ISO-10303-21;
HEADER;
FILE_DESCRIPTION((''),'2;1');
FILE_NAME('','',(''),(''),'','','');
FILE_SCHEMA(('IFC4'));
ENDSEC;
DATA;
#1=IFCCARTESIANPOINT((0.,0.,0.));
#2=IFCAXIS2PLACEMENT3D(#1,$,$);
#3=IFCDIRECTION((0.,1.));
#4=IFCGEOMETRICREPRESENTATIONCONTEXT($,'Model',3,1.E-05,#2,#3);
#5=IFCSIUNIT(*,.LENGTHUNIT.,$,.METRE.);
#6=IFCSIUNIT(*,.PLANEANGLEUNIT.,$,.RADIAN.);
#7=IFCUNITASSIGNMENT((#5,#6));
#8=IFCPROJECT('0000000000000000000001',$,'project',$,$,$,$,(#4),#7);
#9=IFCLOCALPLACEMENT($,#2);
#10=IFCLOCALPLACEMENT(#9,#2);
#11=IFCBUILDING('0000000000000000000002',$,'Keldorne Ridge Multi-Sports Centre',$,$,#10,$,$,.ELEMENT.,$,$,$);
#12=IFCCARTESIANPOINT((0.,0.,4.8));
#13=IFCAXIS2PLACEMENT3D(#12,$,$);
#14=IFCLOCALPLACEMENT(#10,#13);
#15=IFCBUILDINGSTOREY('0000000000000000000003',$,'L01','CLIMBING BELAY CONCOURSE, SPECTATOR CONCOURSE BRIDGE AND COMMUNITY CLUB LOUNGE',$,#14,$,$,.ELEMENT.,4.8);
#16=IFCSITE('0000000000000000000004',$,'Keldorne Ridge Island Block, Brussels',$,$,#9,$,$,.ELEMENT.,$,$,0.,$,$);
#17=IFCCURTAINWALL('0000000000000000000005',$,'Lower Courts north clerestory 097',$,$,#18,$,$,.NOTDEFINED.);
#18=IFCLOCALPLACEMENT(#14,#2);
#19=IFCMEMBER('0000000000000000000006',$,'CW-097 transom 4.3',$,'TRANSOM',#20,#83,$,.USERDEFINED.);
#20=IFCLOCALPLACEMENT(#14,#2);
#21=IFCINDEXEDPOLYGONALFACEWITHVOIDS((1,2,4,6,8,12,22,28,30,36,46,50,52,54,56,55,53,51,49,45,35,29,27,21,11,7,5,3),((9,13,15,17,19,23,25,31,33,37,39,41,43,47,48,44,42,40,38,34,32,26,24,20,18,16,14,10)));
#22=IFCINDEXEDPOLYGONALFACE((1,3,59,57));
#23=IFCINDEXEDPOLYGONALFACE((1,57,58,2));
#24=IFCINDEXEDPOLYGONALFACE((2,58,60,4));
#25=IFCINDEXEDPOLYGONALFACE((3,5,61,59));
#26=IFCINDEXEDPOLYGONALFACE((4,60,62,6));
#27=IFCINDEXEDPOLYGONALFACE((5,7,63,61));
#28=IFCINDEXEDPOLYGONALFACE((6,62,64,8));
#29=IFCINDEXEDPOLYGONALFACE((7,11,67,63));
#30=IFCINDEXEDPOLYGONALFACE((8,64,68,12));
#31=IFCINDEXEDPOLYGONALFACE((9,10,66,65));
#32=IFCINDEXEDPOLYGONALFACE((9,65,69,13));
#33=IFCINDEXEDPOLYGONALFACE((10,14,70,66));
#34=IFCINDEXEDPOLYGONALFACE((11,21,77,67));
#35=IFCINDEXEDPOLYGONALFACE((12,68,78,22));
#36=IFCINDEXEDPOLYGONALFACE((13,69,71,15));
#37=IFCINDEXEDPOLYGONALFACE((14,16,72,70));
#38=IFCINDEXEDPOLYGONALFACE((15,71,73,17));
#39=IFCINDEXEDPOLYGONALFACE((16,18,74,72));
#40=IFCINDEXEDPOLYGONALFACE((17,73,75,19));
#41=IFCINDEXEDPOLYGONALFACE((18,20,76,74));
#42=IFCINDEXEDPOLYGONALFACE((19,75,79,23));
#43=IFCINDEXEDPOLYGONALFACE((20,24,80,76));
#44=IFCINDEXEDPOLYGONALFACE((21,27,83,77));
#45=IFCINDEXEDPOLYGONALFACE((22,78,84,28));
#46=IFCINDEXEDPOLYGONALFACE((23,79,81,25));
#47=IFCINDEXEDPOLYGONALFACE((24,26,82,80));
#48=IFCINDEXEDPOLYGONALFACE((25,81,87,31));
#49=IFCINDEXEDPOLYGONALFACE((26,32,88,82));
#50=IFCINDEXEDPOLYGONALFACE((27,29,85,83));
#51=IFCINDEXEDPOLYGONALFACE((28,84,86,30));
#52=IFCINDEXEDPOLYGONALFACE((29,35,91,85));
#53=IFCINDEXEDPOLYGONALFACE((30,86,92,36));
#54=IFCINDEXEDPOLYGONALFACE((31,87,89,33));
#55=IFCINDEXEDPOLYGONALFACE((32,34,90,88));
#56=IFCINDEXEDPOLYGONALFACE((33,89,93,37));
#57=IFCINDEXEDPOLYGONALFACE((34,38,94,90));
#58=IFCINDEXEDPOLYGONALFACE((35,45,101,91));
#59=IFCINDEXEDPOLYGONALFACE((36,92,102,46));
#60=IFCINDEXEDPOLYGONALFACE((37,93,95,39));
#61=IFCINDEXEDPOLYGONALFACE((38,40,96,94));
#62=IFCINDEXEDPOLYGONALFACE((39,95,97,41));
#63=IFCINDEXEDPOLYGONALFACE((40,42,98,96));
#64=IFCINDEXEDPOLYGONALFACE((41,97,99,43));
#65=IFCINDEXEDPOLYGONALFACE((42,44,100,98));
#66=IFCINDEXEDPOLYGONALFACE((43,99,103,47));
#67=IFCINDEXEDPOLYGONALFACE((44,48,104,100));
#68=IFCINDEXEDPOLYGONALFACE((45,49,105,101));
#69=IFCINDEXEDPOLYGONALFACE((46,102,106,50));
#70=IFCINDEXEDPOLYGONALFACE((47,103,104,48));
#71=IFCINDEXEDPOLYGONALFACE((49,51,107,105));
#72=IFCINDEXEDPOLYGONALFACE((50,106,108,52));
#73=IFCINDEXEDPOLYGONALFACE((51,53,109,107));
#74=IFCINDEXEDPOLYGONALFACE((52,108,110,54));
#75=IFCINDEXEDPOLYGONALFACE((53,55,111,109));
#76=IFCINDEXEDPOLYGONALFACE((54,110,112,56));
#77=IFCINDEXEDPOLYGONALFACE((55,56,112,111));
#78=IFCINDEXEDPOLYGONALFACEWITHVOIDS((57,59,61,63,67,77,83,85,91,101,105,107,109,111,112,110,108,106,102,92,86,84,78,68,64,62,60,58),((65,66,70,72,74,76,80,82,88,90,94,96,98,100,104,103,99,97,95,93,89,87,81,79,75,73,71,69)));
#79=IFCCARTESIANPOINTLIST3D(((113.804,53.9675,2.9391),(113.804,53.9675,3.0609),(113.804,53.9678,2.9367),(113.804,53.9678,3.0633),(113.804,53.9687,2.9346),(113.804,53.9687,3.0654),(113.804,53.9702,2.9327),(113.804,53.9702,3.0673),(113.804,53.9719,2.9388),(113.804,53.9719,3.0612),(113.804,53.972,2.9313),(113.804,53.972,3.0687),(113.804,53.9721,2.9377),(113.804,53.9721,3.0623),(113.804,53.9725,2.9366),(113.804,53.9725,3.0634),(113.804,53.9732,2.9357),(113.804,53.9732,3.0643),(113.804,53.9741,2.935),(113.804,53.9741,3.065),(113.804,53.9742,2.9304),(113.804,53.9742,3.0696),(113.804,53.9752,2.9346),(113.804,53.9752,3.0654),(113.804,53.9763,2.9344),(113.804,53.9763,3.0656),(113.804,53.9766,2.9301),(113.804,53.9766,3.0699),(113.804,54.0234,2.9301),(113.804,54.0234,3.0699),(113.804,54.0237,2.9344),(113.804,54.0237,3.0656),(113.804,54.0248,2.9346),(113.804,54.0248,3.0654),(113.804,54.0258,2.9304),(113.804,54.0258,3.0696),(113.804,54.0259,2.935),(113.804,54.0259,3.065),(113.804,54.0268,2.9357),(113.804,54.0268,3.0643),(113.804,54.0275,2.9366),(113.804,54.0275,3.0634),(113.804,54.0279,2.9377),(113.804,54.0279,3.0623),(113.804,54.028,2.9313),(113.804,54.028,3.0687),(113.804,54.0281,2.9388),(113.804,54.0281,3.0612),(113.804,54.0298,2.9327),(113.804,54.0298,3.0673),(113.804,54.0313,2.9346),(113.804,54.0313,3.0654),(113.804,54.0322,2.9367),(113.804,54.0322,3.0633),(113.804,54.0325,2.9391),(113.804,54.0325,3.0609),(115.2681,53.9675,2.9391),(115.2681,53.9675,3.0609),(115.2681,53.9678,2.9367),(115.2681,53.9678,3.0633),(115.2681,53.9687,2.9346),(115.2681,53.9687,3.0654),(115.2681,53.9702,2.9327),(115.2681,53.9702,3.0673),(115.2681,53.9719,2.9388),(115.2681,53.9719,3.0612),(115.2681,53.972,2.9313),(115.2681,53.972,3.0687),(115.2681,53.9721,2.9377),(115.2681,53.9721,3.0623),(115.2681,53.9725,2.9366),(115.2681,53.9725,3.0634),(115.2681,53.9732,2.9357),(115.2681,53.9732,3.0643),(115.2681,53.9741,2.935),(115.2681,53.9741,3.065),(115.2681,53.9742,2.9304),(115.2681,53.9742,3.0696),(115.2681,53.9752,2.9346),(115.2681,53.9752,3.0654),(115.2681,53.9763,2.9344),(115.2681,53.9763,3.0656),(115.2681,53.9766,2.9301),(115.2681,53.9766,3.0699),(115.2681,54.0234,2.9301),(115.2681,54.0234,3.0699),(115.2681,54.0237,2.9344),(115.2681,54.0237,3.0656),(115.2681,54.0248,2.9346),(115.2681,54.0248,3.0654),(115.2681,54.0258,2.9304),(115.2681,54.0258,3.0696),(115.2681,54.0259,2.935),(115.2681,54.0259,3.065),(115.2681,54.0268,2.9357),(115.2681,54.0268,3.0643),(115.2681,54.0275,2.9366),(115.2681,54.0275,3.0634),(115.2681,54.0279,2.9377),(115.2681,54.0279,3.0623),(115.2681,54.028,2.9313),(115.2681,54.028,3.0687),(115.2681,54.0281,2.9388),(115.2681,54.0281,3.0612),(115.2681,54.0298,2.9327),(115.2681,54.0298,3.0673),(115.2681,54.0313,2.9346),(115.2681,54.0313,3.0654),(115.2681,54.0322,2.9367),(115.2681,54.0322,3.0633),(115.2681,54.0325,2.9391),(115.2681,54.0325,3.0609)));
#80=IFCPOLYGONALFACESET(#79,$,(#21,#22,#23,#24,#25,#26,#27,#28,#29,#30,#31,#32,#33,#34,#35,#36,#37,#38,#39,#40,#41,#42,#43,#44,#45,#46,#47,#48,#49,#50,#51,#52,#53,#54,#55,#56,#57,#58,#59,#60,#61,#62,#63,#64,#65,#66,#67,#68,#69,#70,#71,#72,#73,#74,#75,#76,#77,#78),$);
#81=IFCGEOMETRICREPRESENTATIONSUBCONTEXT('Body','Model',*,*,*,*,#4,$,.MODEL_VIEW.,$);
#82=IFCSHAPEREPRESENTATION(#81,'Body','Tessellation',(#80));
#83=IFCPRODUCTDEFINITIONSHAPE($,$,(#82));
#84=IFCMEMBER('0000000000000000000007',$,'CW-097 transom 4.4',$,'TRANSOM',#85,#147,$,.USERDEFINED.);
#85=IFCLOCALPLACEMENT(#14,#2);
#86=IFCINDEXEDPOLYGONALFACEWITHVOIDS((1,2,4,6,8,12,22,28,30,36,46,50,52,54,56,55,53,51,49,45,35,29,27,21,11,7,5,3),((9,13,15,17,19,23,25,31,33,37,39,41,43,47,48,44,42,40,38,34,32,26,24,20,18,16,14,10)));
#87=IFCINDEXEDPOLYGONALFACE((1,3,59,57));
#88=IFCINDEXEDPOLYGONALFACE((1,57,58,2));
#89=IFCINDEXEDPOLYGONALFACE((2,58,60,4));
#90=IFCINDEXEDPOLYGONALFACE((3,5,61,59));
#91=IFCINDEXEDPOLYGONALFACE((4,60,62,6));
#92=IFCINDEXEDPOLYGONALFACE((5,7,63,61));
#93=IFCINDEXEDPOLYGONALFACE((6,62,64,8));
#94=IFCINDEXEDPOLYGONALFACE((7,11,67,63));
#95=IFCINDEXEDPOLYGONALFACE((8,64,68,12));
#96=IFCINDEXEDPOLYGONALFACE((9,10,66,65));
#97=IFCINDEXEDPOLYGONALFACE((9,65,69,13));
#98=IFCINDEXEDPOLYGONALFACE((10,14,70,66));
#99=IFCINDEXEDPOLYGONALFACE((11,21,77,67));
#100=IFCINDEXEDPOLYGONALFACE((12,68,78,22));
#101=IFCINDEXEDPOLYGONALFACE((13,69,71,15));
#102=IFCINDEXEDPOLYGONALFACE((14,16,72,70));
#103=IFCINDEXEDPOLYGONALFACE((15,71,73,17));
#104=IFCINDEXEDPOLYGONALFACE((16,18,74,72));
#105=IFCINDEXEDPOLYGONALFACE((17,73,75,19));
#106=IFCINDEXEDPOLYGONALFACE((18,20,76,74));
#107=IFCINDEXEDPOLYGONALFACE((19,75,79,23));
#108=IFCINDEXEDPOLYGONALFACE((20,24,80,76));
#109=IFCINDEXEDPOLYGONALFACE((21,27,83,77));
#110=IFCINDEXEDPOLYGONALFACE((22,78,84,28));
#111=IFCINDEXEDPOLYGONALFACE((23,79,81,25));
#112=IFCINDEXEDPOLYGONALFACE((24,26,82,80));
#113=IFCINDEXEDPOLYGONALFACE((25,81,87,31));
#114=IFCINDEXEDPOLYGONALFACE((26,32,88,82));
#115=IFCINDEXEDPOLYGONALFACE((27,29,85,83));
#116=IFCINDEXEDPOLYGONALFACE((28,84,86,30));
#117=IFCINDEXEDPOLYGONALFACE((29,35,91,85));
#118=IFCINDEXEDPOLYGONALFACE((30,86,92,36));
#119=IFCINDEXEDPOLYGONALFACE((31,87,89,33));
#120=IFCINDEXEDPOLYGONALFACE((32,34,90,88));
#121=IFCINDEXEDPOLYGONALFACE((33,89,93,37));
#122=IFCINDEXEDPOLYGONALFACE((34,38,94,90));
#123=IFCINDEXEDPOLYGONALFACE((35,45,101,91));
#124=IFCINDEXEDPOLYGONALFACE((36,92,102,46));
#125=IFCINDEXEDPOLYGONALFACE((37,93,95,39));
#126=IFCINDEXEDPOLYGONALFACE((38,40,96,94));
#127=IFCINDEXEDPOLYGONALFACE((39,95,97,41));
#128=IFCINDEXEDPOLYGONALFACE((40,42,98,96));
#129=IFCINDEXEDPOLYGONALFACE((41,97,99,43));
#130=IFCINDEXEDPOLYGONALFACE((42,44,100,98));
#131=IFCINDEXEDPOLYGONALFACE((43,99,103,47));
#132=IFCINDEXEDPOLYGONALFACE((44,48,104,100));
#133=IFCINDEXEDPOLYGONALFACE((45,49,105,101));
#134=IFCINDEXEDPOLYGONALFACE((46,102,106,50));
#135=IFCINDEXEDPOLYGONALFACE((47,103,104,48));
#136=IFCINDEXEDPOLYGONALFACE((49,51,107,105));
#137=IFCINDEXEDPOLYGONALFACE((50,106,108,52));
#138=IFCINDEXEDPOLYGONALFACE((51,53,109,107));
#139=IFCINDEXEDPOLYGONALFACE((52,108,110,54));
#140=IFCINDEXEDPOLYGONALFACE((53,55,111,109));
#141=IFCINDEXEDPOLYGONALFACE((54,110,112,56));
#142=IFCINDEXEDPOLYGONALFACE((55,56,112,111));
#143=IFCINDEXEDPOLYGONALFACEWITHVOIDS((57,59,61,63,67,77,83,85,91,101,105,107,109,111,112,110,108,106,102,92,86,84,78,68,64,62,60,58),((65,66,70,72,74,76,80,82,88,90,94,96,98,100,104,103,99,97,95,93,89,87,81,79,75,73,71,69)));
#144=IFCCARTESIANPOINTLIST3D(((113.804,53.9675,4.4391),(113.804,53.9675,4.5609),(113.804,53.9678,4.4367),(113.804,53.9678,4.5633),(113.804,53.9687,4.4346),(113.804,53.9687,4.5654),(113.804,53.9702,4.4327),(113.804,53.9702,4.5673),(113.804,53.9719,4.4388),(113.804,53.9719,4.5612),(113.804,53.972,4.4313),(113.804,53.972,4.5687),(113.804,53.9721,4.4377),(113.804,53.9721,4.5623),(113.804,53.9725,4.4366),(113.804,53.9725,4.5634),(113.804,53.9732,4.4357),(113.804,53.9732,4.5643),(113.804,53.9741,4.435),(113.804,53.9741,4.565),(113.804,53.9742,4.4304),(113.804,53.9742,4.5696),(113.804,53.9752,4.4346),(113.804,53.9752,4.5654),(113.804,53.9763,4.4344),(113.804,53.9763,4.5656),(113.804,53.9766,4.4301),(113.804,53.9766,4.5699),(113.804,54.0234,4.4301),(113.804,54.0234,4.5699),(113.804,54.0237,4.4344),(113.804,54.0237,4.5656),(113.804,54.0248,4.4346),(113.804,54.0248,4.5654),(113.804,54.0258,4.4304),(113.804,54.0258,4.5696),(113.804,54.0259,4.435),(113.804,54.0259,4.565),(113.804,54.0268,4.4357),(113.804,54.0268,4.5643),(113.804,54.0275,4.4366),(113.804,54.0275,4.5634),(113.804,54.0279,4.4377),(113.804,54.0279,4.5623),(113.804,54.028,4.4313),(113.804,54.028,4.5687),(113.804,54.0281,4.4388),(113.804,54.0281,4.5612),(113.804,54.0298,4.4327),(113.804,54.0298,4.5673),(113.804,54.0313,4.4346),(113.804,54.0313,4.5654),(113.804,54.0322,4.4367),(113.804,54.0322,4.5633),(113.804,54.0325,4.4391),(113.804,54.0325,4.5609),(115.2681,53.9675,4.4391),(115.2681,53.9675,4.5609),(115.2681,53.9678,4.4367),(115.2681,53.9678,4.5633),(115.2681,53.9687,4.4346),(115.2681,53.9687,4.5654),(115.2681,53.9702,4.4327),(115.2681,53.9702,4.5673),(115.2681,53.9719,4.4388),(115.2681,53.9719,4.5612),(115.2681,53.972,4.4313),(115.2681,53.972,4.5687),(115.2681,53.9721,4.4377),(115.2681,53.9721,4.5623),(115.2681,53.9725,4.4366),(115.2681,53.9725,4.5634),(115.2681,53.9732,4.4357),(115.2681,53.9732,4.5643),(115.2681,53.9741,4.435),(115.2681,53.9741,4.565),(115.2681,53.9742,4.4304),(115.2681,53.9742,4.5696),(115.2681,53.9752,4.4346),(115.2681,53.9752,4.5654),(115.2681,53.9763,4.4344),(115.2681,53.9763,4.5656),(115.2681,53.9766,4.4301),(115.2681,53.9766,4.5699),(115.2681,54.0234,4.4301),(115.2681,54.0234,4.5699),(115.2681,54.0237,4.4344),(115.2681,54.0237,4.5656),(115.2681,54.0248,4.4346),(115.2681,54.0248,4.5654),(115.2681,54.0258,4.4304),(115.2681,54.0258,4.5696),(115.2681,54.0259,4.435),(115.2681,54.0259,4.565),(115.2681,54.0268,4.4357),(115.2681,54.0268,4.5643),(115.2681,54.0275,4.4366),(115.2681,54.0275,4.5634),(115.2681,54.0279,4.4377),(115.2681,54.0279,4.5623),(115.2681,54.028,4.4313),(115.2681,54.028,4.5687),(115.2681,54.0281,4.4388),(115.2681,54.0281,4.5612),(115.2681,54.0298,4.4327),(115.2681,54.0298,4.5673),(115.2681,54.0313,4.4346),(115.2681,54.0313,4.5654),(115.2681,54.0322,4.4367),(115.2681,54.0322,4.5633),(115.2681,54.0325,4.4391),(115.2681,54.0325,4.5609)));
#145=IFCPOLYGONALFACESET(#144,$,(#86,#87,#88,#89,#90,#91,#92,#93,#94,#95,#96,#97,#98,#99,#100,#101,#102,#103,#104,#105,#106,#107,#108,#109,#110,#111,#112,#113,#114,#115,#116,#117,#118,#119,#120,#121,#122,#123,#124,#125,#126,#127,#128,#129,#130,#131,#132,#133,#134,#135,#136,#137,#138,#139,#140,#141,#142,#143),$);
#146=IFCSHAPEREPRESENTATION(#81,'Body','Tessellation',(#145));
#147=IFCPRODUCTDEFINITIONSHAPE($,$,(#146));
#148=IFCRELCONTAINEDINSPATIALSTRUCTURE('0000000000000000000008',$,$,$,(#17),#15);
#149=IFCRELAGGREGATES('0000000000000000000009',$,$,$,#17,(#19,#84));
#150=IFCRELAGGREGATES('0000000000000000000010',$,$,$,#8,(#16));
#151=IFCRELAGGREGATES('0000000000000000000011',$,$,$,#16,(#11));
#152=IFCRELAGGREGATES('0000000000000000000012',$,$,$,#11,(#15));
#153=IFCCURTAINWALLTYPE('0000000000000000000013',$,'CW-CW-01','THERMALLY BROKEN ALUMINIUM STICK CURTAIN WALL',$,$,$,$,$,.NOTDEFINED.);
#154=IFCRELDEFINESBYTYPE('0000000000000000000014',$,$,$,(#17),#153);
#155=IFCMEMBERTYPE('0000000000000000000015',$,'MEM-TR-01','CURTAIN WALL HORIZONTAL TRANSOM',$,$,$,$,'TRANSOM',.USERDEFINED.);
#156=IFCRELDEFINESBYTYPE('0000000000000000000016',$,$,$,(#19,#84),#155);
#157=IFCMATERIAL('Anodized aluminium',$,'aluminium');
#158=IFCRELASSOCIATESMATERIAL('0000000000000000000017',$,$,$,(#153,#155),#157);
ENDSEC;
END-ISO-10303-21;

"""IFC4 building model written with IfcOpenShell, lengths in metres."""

from ifc_helpers import new_model, si_unit, direction, frame, origin, origin_2d, place, context, subcontext, project, spatial, hollow_rectangle, extrude, material, material_profile, profile_set, type_object, element, aggregate, save


model = new_model("IFC4")

# Units and contexts
model_context = context("Model", 3, precision=1e-05, world=origin(), true_north=direction((0.0, 1.0)))
body_context = subcontext(model_context, "Body", "Model", "MODEL_VIEW")
ifc_project = project(units=[si_unit("LENGTHUNIT", "METRE"), si_unit("PLANEANGLEUNIT", "RADIAN")], contexts=[model_context])

# Site, building, storey
site_placement = place(None, origin())
site = spatial("IfcSite", under=ifc_project, at=site_placement, Name="Keldorne Ridge Island Block, Brussels", CompositionType="ELEMENT", RefElevation=0.0)
building_placement = place(site_placement, origin())
building = spatial("IfcBuilding", under=site, at=building_placement, Name="Keldorne Ridge Multi-Sports Centre", CompositionType="ELEMENT")
storey_placement = place(building_placement, frame((0.0, 0.0, 4.8)))
storey = spatial("IfcBuildingStorey", under=building, at=storey_placement, Name="L01", Description="CLIMBING BELAY CONCOURSE, SPECTATOR CONCOURSE BRIDGE AND COMMUNITY CLUB LOUNGE", CompositionType="ELEMENT", Elevation=4.8)

# Curtain wall, members
ifc_material_1 = material(Name="Anodized aluminium", Category="aluminium")
curtain_wall_type = type_object("IfcCurtainWallType", Name="CW-CW-01", Description="THERMALLY BROKEN ALUMINIUM STICK CURTAIN WALL", PredefinedType="NOTDEFINED", material=ifc_material_1)
curtain_wall_placement = place(storey_placement, origin())
curtain_wall = element("IfcCurtainWall", 1, at=curtain_wall_placement, inside=storey, type_object=curtain_wall_type, Name="Lower Courts north clerestory 097", PredefinedType="NOTDEFINED")
ifc_material_profile_1 = material_profile(ifc_material_1, hollow_rectangle(XDim=0.0649, YDim=0.1399, WallThickness=0.0044, InnerFilletRadius=0.0044, OuterFilletRadius=0.009, at=origin_2d()), Name="ALU TRANSOM 140x65x4.5")
ifc_profile_set_1 = profile_set([ifc_material_profile_1], Name="Anodized aluminium")
member_type_1 = type_object("IfcMemberType", Name="MEM-TR-01", Description="CURTAIN WALL HORIZONTAL TRANSOM", ElementType="TRANSOM", PredefinedType="USERDEFINED", material=ifc_profile_set_1)
member_1_placement = place(storey_placement, frame((115.2681, 54.0, 3.0), z_axis=(-1.0, 0.0, 0.0), x_axis=(0.0, -1.0, 0.0)))
member_1 = element("IfcMember", 2, at=member_1_placement, type_object=member_type_1, Name="CW-097 transom 4.3", ObjectType="TRANSOM", PredefinedType="USERDEFINED", context=body_context, shape_type="SweptSolid", body=[
    extrude(hollow_rectangle(XDim=0.0649, YDim=0.1399, WallThickness=0.0044, InnerFilletRadius=0.0044, OuterFilletRadius=0.009, at=origin_2d()), origin(), (0.0, 0.0, 1.0), 1.4641),
])
member_2_placement = place(storey_placement, frame((115.2681, 54.0, 4.5), z_axis=(-1.0, 0.0, 0.0), x_axis=(0.0, -1.0, 0.0)))
member_2 = element("IfcMember", 3, at=member_2_placement, type_object=member_type_1, Name="CW-097 transom 4.4", ObjectType="TRANSOM", PredefinedType="USERDEFINED", context=body_context, shape_type="SweptSolid", body=[
    extrude(hollow_rectangle(XDim=0.0649, YDim=0.1399, WallThickness=0.0044, InnerFilletRadius=0.0044, OuterFilletRadius=0.009, at=origin_2d()), origin(), (0.0, 0.0, 1.0), 1.4641),
])
aggregate(curtain_wall, [member_1, member_2])

save(model, "model.ifc")
